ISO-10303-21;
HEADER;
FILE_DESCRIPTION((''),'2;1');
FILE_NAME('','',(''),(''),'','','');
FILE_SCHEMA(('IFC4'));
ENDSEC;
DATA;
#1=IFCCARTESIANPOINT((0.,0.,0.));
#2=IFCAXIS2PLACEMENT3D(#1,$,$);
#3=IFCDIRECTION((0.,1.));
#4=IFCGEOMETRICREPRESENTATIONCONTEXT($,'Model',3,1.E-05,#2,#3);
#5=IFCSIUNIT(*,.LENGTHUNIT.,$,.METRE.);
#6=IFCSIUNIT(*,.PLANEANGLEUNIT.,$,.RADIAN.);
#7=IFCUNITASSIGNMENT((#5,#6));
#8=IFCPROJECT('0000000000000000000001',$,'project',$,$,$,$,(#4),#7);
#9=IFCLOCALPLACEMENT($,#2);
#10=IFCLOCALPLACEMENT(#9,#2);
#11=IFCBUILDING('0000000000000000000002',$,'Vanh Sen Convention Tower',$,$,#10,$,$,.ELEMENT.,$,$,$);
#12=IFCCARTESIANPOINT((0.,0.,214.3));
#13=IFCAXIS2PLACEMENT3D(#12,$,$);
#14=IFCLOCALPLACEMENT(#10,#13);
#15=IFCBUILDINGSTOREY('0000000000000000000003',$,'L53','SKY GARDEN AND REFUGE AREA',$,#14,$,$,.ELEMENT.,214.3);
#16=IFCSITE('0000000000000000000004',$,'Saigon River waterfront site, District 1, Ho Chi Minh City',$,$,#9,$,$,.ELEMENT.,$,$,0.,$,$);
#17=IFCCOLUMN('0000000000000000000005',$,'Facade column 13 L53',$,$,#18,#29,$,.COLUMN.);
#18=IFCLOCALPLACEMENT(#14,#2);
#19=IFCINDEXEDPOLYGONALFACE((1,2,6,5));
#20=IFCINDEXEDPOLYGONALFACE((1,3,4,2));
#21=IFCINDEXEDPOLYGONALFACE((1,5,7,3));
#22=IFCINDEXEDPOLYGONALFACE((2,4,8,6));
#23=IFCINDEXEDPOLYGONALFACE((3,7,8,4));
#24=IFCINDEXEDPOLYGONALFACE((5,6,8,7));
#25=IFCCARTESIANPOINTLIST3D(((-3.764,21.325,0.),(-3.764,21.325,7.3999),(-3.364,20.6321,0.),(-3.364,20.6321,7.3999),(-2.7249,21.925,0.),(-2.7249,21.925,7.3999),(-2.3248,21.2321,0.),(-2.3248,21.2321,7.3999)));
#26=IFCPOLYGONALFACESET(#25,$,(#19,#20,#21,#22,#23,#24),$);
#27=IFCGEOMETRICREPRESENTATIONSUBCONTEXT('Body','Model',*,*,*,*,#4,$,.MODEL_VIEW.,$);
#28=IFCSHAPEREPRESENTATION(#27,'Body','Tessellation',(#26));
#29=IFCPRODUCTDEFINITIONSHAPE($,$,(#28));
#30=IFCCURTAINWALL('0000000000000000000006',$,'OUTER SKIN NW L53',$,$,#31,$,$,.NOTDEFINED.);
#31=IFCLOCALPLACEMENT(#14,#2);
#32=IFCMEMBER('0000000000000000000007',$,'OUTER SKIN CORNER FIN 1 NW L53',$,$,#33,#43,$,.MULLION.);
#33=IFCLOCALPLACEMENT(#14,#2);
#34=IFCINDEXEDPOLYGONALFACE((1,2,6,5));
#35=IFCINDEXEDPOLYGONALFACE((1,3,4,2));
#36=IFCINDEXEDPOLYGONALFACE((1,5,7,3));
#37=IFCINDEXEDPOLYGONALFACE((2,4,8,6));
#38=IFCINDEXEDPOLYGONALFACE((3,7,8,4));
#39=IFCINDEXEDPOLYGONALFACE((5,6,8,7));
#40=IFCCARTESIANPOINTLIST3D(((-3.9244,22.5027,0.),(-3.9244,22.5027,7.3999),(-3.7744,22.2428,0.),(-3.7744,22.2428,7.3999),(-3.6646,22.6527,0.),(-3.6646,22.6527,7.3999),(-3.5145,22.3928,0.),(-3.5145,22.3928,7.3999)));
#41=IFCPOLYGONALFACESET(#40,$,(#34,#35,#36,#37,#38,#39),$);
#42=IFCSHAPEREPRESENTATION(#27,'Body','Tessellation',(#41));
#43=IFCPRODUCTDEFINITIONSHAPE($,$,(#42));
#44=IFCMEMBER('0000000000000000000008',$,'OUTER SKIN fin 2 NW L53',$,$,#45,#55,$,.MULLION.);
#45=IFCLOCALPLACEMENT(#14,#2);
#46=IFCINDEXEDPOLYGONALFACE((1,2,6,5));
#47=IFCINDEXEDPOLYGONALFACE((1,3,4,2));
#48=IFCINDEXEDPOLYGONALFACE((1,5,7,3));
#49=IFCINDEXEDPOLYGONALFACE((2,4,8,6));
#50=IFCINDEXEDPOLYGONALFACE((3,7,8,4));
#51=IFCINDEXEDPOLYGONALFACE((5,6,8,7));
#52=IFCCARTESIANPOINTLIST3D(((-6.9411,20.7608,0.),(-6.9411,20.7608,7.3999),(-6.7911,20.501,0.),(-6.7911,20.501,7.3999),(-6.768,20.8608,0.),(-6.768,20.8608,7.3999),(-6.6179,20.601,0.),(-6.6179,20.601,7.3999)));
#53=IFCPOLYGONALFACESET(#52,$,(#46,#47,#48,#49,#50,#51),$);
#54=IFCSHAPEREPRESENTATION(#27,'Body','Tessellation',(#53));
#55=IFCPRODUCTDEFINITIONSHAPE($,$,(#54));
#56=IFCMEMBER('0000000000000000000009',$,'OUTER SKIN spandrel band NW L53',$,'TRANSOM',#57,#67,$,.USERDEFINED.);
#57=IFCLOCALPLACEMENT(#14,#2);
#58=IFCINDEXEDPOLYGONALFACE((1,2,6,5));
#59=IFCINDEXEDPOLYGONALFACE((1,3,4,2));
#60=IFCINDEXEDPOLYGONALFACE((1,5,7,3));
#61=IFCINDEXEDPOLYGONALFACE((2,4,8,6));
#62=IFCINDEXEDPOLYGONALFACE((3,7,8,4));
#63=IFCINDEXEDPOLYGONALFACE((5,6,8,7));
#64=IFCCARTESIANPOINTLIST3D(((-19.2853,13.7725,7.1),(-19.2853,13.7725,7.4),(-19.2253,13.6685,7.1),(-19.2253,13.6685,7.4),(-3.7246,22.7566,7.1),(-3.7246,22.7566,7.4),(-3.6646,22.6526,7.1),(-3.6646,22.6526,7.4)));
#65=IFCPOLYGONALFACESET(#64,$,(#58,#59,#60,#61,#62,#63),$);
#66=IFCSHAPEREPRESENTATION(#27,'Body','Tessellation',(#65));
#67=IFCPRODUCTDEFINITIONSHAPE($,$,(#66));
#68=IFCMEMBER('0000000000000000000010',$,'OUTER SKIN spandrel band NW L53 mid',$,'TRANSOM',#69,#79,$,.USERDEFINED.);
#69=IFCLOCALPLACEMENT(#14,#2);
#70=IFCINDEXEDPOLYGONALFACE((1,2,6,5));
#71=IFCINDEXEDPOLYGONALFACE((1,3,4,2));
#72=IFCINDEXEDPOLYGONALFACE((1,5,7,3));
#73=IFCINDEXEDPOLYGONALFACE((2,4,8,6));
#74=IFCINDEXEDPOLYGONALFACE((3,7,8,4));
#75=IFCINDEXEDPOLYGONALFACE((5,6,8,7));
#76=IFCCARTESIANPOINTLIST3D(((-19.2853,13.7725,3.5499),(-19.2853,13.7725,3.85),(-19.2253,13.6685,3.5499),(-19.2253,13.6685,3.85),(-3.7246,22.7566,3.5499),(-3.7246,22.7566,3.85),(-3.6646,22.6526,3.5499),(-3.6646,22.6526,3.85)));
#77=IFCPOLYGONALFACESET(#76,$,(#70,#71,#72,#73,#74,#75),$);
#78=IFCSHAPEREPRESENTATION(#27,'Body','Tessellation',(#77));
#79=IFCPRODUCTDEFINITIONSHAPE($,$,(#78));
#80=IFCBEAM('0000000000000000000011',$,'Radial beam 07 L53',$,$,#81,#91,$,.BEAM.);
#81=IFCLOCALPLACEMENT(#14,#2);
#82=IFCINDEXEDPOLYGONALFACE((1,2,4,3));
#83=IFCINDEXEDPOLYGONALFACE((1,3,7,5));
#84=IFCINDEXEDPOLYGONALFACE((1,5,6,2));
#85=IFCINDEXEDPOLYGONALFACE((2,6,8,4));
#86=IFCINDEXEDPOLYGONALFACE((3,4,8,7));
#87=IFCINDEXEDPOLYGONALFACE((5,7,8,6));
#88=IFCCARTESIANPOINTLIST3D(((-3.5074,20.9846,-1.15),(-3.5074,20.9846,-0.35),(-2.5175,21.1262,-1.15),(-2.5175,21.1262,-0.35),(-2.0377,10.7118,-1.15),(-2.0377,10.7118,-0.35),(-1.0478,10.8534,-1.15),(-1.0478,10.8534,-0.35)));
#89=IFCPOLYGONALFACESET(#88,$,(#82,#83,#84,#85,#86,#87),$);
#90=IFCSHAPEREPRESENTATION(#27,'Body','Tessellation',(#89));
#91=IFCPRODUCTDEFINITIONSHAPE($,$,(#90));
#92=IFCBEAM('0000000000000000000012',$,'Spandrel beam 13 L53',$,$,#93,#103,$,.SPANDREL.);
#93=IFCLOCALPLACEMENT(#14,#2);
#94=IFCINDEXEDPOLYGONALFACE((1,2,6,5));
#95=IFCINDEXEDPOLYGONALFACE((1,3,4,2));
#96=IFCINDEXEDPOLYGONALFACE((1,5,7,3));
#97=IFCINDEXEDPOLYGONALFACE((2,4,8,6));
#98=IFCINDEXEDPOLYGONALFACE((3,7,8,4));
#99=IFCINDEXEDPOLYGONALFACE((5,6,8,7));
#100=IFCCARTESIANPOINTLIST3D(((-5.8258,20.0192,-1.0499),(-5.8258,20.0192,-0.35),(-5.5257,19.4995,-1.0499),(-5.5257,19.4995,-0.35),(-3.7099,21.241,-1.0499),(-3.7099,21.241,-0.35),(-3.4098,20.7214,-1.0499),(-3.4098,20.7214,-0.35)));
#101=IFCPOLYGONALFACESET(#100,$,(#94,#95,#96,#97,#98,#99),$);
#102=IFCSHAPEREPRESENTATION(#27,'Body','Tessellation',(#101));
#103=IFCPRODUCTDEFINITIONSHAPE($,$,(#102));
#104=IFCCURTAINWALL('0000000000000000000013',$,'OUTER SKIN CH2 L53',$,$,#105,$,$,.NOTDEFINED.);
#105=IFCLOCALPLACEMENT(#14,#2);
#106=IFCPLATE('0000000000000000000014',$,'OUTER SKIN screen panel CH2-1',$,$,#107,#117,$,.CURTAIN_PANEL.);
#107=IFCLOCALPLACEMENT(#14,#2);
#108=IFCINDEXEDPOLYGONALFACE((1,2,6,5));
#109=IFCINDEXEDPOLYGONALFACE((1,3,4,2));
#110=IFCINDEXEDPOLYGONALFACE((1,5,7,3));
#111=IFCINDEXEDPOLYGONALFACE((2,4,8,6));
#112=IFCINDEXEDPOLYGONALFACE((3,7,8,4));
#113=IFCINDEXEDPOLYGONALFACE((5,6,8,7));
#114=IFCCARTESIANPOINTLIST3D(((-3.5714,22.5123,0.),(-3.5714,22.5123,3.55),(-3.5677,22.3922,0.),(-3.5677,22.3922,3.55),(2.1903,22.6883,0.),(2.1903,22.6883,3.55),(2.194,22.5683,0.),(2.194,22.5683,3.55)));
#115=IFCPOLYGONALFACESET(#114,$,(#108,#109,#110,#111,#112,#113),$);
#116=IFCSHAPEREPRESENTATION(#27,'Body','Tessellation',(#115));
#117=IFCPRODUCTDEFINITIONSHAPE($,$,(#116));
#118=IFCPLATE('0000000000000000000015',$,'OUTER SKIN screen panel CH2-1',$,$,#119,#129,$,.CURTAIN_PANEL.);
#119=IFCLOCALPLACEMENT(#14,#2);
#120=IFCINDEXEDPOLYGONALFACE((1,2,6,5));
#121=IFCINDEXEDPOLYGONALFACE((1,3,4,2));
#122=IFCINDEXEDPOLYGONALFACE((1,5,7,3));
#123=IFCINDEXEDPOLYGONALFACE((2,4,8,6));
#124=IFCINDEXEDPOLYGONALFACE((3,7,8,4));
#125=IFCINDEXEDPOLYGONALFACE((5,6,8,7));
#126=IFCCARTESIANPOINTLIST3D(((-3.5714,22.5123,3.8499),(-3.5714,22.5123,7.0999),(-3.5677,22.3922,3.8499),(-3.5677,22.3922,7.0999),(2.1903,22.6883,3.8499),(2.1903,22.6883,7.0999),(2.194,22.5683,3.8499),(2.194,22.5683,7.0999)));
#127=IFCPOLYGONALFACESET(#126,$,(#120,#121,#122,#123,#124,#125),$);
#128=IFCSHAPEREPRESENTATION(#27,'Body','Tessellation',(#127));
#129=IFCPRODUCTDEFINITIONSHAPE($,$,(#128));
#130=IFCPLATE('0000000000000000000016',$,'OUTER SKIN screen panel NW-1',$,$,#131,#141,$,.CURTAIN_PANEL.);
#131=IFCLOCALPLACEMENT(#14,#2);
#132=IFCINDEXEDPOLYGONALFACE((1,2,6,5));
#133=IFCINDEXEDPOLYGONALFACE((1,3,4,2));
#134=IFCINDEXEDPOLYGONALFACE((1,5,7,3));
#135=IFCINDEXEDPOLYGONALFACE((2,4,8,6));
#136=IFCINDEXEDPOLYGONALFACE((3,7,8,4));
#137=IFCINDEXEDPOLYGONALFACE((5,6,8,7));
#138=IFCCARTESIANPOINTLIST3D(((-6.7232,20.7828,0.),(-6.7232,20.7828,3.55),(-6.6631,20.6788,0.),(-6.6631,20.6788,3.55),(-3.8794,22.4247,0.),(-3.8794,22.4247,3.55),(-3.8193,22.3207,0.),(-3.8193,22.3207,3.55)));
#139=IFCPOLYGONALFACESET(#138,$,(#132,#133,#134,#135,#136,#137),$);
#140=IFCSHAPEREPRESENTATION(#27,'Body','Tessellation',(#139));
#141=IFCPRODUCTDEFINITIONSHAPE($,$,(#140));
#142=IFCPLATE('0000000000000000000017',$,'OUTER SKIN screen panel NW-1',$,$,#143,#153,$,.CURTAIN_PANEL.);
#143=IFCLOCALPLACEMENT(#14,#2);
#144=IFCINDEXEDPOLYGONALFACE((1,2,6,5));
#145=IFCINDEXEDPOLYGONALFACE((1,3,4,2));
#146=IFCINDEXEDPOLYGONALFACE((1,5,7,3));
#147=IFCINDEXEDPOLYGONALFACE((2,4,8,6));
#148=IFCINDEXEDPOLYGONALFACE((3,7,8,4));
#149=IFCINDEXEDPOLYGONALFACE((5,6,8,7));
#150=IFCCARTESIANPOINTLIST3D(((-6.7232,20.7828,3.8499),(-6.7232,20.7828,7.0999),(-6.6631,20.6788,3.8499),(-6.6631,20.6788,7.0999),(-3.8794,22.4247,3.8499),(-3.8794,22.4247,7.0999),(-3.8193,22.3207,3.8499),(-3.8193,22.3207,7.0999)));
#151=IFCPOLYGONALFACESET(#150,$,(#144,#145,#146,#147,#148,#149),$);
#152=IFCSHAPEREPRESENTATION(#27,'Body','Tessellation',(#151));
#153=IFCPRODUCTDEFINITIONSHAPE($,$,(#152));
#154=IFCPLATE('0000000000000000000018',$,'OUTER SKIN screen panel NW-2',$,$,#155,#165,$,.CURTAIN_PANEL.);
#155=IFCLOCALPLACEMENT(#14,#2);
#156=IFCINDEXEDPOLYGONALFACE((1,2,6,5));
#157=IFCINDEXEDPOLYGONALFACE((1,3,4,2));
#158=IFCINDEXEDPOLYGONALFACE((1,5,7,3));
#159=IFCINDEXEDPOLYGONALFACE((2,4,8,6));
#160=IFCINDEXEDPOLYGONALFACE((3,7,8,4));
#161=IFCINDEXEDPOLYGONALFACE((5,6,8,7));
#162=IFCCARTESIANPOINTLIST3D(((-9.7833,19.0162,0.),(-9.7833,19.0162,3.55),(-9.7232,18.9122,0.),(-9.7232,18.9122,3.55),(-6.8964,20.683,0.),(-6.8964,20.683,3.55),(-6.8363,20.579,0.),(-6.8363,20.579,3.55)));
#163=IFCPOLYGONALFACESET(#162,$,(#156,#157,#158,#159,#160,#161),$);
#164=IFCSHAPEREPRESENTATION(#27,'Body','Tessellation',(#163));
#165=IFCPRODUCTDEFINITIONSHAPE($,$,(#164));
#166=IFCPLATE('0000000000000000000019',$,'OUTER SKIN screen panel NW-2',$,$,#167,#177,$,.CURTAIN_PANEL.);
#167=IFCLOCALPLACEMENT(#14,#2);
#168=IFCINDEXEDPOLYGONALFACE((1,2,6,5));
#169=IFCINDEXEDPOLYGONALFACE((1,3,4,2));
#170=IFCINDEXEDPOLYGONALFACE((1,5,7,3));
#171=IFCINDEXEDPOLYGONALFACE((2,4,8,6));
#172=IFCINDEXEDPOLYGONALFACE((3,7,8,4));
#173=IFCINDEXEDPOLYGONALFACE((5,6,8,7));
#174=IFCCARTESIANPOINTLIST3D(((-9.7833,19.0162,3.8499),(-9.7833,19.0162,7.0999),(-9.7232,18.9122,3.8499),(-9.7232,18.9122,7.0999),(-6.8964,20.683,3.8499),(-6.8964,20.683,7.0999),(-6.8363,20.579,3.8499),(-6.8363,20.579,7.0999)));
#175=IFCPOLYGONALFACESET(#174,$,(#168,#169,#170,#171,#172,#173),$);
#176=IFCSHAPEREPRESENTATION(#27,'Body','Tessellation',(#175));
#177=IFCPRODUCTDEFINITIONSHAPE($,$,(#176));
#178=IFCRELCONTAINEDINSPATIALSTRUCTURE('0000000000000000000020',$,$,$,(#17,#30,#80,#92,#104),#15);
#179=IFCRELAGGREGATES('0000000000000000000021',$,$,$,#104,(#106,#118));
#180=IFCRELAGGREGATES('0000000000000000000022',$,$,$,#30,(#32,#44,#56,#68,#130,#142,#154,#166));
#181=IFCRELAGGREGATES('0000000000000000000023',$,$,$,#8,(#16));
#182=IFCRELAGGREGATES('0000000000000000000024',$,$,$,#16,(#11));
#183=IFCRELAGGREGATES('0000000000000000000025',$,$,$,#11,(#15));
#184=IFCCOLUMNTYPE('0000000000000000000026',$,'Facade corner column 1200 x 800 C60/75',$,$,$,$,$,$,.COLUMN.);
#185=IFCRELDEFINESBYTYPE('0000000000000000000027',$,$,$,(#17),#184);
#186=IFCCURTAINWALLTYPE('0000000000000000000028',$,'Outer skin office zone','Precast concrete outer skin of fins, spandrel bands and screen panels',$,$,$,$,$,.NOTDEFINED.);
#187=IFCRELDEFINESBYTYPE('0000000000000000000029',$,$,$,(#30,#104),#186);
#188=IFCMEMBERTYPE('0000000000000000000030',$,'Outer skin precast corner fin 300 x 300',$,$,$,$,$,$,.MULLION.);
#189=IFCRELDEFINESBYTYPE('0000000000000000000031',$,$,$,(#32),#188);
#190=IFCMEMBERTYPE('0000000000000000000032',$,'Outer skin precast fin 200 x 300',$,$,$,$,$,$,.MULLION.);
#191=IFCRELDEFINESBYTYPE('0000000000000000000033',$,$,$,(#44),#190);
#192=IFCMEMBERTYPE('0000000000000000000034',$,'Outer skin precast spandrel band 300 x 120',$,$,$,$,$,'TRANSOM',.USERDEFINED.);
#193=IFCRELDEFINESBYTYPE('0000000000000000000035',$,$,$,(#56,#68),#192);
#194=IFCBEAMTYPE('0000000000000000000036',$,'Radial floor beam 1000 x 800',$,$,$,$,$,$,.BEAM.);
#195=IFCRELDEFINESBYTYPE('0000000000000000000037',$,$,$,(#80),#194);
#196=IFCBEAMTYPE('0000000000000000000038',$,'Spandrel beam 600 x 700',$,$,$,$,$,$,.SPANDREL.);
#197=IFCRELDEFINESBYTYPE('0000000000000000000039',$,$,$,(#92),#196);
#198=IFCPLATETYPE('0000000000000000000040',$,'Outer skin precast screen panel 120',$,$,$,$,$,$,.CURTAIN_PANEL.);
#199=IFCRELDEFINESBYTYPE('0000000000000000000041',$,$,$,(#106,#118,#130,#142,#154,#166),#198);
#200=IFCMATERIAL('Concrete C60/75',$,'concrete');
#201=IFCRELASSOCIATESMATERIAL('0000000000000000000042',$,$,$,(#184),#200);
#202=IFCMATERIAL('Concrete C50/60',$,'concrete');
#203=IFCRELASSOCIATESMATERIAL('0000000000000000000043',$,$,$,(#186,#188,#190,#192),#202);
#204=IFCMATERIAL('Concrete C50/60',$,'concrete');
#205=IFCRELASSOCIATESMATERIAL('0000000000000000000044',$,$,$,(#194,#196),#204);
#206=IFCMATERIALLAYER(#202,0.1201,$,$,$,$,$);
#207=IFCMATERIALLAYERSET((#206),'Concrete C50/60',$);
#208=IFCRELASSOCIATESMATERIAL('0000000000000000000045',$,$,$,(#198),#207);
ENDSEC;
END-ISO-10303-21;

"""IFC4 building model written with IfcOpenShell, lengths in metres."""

from ifc_helpers import new_model, si_unit, direction, frame, origin, origin_2d, place, context, subcontext, project, spatial, rectangle, extrude, material, layer, layer_set, material_profile, profile_set, type_object, element, aggregate, save


model = new_model("IFC4")

# Units and contexts
model_context = context("Model", 3, precision=1e-05, world=origin(), true_north=direction((0.0, 1.0)))
body_context = subcontext(model_context, "Body", "Model", "MODEL_VIEW")
ifc_project = project(units=[si_unit("LENGTHUNIT", "METRE"), si_unit("PLANEANGLEUNIT", "RADIAN")], contexts=[model_context])

# Site, building, storey
site_placement = place(None, origin())
site = spatial("IfcSite", under=ifc_project, at=site_placement, Name="Saigon River waterfront site, District 1, Ho Chi Minh City", CompositionType="ELEMENT", RefElevation=0.0)
building_placement = place(site_placement, origin())
building = spatial("IfcBuilding", under=site, at=building_placement, Name="Vanh Sen Convention Tower", CompositionType="ELEMENT")
storey_placement = place(building_placement, frame((0.0, 0.0, 214.3)))
storey = spatial("IfcBuildingStorey", under=building, at=storey_placement, Name="L53", Description="SKY GARDEN AND REFUGE AREA", CompositionType="ELEMENT", Elevation=214.3)

# Column
ifc_material_1 = material(Name="Concrete C60/75", Category="concrete")
ifc_material_profile_1 = material_profile(ifc_material_1, rectangle(XDim=1.2, YDim=0.8, at=origin_2d()), Name="RC 1200X800")
ifc_profile_set_1 = profile_set([ifc_material_profile_1], Name="Concrete C60/75")
column_type = type_object("IfcColumnType", Name="Facade corner column 1200 x 800 C60/75", PredefinedType="COLUMN", material=ifc_profile_set_1)
column_placement = place(storey_placement, frame((-3.0444, 21.2786, 0.0), z_axis=(0.0, 0.0, 1.0), x_axis=(-0.866025, -0.5, 0.0)))
element("IfcColumn", 1, at=column_placement, inside=storey, type_object=column_type, Name="Facade column 13 L53", PredefinedType="COLUMN", context=body_context, shape_type="SweptSolid", body=[
    extrude(rectangle(XDim=1.2, YDim=0.8, at=origin_2d()), origin(), (0.0, 0.0, 1.0), 7.3999),
])

# Curtain wall, members
ifc_material_2 = material(Name="Concrete C50/60", Category="concrete")
curtain_wall_type = type_object("IfcCurtainWallType", Name="Outer skin office zone", Description="Precast concrete outer skin of fins, spandrel bands and screen panels", PredefinedType="NOTDEFINED", material=ifc_material_2)
curtain_wall_1_placement = place(storey_placement, origin())
curtain_wall_1 = element("IfcCurtainWall", 2, at=curtain_wall_1_placement, inside=storey, type_object=curtain_wall_type, Name="OUTER SKIN NW L53", PredefinedType="NOTDEFINED")
ifc_material_profile_2 = material_profile(ifc_material_2, rectangle(XDim=0.3, YDim=0.3, at=origin_2d()), Name="Outer skin precast corner fin 300 x 300")
ifc_profile_set_2 = profile_set([ifc_material_profile_2], Name="Concrete C50/60")
member_type_1 = type_object("IfcMemberType", Name="Outer skin precast corner fin 300 x 300", PredefinedType="MULLION", material=ifc_profile_set_2)
member_1_placement = place(storey_placement, frame((-3.7195, 22.4478, 0.0), z_axis=(0.0, 0.0, 1.0), x_axis=(-0.866025, -0.5, 0.0)))
member_1 = element("IfcMember", 3, at=member_1_placement, type_object=member_type_1, Name="OUTER SKIN CORNER FIN 1 NW L53", PredefinedType="MULLION", context=body_context, shape_type="SweptSolid", body=[
    extrude(rectangle(XDim=0.3, YDim=0.3, at=origin_2d()), origin(), (0.0, 0.0, 1.0), 7.3999),
])
ifc_material_profile_3 = material_profile(ifc_material_2, rectangle(XDim=0.2, YDim=0.3, at=origin_2d()), Name="Outer skin precast fin 200 x 300")
ifc_profile_set_3 = profile_set([ifc_material_profile_3], Name="Concrete C50/60")
member_type_2 = type_object("IfcMemberType", Name="Outer skin precast fin 200 x 300", PredefinedType="MULLION", material=ifc_profile_set_3)
member_2_placement = place(storey_placement, frame((-6.7795, 20.6809, 0.0), z_axis=(0.0, 0.0, 1.0), x_axis=(-0.866025, -0.5, 0.0)))
member_2 = element("IfcMember", 4, at=member_2_placement, type_object=member_type_2, Name="OUTER SKIN fin 2 NW L53", PredefinedType="MULLION", context=body_context, shape_type="SweptSolid", body=[
    extrude(rectangle(XDim=0.2, YDim=0.3, at=origin_2d()), origin(), (0.0, 0.0, 1.0), 7.3999),
])
ifc_material_profile_4 = material_profile(ifc_material_2, rectangle(XDim=0.1201, YDim=0.3, at=origin_2d()), Name="Outer skin precast spandrel band 300 x 120")
ifc_profile_set_4 = profile_set([ifc_material_profile_4], Name="Concrete C50/60")
member_type_3 = type_object("IfcMemberType", Name="Outer skin precast spandrel band 300 x 120", ElementType="TRANSOM", PredefinedType="USERDEFINED", material=ifc_profile_set_4)
member_3_placement = place(storey_placement, frame((-3.6946, 22.7046, 7.25), z_axis=(-0.866023, -0.500004, 0.0), x_axis=(0.500004, -0.866023, 0.0)))
member_3 = element("IfcMember", 5, at=member_3_placement, type_object=member_type_3, Name="OUTER SKIN spandrel band NW L53", ObjectType="TRANSOM", PredefinedType="USERDEFINED", context=body_context, shape_type="SweptSolid", body=[
    extrude(rectangle(XDim=0.1201, YDim=0.3, at=origin_2d()), origin(), (0.0, 0.0, 1.0), 17.968),
])
member_4_placement = place(storey_placement, frame((-3.6946, 22.7046, 3.7), z_axis=(-0.866023, -0.500004, 0.0), x_axis=(0.500004, -0.866023, 0.0)))
member_4 = element("IfcMember", 6, at=member_4_placement, type_object=member_type_3, Name="OUTER SKIN spandrel band NW L53 mid", ObjectType="TRANSOM", PredefinedType="USERDEFINED", context=body_context, shape_type="SweptSolid", body=[
    extrude(rectangle(XDim=0.1201, YDim=0.3, at=origin_2d()), origin(), (0.0, 0.0, 1.0), 17.968),
])

# Beams
ifc_material_3 = material(Name="Concrete C50/60", Category="concrete")
ifc_material_profile_5 = material_profile(ifc_material_3, rectangle(XDim=1.0, YDim=0.8, at=origin_2d()), Name="RC 1000X800")
ifc_profile_set_5 = profile_set([ifc_material_profile_5], Name="Concrete C50/60")
beam_type_1 = type_object("IfcBeamType", Name="Radial floor beam 1000 x 800", PredefinedType="BEAM", material=ifc_profile_set_5)
beam_1_placement = place(storey_placement, frame((-3.0125, 21.0554, -0.75), z_axis=(0.141626, -0.98992, 0.0), x_axis=(0.98992, 0.141626, 0.0)))
element("IfcBeam", 7, at=beam_1_placement, inside=storey, type_object=beam_type_1, Name="Radial beam 07 L53", PredefinedType="BEAM", context=body_context, shape_type="SweptSolid", body=[
    extrude(rectangle(XDim=1.0, YDim=0.8, at=origin_2d()), origin(), (0.0, 0.0, 1.0), 10.3774),
])
ifc_material_profile_6 = material_profile(ifc_material_3, rectangle(XDim=0.6001, YDim=0.7, at=origin_2d()), Name="RC 600X700")
ifc_profile_set_6 = profile_set([ifc_material_profile_6], Name="Concrete C50/60")
beam_type_2 = type_object("IfcBeamType", Name="Spandrel beam 600 x 700", PredefinedType="SPANDREL", material=ifc_profile_set_6)
beam_2_placement = place(storey_placement, frame((-3.5598, 20.9812, -0.7), z_axis=(-0.865978, -0.500083, 0.0), x_axis=(0.500083, -0.865978, 0.0)))
element("IfcBeam", 8, at=beam_2_placement, inside=storey, type_object=beam_type_2, Name="Spandrel beam 13 L53", PredefinedType="SPANDREL", context=body_context, shape_type="SweptSolid", body=[
    extrude(rectangle(XDim=0.6001, YDim=0.7, at=origin_2d()), origin(), (0.0, 0.0, 1.0), 2.4434),
])

# Curtain wall, plates
curtain_wall_2_placement = place(storey_placement, origin())
curtain_wall_2 = element("IfcCurtainWall", 9, at=curtain_wall_2_placement, inside=storey, type_object=curtain_wall_type, Name="OUTER SKIN CH2 L53", PredefinedType="NOTDEFINED")
ifc_layer_1 = layer(ifc_material_2, 0.1201)
ifc_layer_set_1 = layer_set([ifc_layer_1], Name="Concrete C50/60")
plate_type = type_object("IfcPlateType", Name="Outer skin precast screen panel 120", PredefinedType="CURTAIN_PANEL", material=ifc_layer_set_1)
plate_1_placement = place(storey_placement, frame((-0.6887, 22.5403, 0.0), z_axis=(0.0, 0.0, 1.0), x_axis=(-0.999533, -0.030544, 0.0)))
plate_1 = element("IfcPlate", 10, at=plate_1_placement, type_object=plate_type, Name="OUTER SKIN screen panel CH2-1", PredefinedType="CURTAIN_PANEL", context=body_context, shape_type="SweptSolid", body=[
    extrude(rectangle(XDim=5.7644, YDim=0.1201, at=origin_2d()), origin(), (0.0, 0.0, 1.0), 3.55),
])
plate_2_placement = place(storey_placement, frame((-0.6887, 22.5403, 3.8499), z_axis=(0.0, 0.0, 1.0), x_axis=(-0.999533, -0.030544, 0.0)))
plate_2 = element("IfcPlate", 11, at=plate_2_placement, type_object=plate_type, Name="OUTER SKIN screen panel CH2-1", PredefinedType="CURTAIN_PANEL", context=body_context, shape_type="SweptSolid", body=[
    extrude(rectangle(XDim=5.7644, YDim=0.1201, at=origin_2d()), origin(), (0.0, 0.0, 1.0), 3.25),
])
aggregate(curtain_wall_2, [plate_1, plate_2])

# Plates
plate_3_placement = place(storey_placement, frame((-5.2712, 21.5518, 0.0), z_axis=(0.0, 0.0, 1.0), x_axis=(-0.866026, -0.499998, 0.0)))
plate_3 = element("IfcPlate", 12, at=plate_3_placement, type_object=plate_type, Name="OUTER SKIN screen panel NW-1", PredefinedType="CURTAIN_PANEL", context=body_context, shape_type="SweptSolid", body=[
    extrude(rectangle(XDim=3.2837, YDim=0.1201, at=origin_2d()), origin(), (0.0, 0.0, 1.0), 3.55),
])
plate_4_placement = place(storey_placement, frame((-5.2712, 21.5518, 3.8499), z_axis=(0.0, 0.0, 1.0), x_axis=(-0.866026, -0.499998, 0.0)))
plate_4 = element("IfcPlate", 13, at=plate_4_placement, type_object=plate_type, Name="OUTER SKIN screen panel NW-1", PredefinedType="CURTAIN_PANEL", context=body_context, shape_type="SweptSolid", body=[
    extrude(rectangle(XDim=3.2837, YDim=0.1201, at=origin_2d()), origin(), (0.0, 0.0, 1.0), 3.25),
])
plate_5_placement = place(storey_placement, frame((-8.3098, 19.7976, 0.0), z_axis=(0.0, 0.0, 1.0), x_axis=(-0.866026, -0.499998, 0.0)))
plate_5 = element("IfcPlate", 14, at=plate_5_placement, type_object=plate_type, Name="OUTER SKIN screen panel NW-2", PredefinedType="CURTAIN_PANEL", context=body_context, shape_type="SweptSolid", body=[
    extrude(rectangle(XDim=3.3335, YDim=0.1201, at=origin_2d()), origin(), (0.0, 0.0, 1.0), 3.55),
])
plate_6_placement = place(storey_placement, frame((-8.3098, 19.7976, 3.8499), z_axis=(0.0, 0.0, 1.0), x_axis=(-0.866026, -0.499998, 0.0)))
plate_6 = element("IfcPlate", 15, at=plate_6_placement, type_object=plate_type, Name="OUTER SKIN screen panel NW-2", PredefinedType="CURTAIN_PANEL", context=body_context, shape_type="SweptSolid", body=[
    extrude(rectangle(XDim=3.3335, YDim=0.1201, at=origin_2d()), origin(), (0.0, 0.0, 1.0), 3.25),
])
aggregate(curtain_wall_1, [member_1, member_2, member_3, member_4, plate_3, plate_4, plate_5, plate_6])

save(model, "model.ifc")
